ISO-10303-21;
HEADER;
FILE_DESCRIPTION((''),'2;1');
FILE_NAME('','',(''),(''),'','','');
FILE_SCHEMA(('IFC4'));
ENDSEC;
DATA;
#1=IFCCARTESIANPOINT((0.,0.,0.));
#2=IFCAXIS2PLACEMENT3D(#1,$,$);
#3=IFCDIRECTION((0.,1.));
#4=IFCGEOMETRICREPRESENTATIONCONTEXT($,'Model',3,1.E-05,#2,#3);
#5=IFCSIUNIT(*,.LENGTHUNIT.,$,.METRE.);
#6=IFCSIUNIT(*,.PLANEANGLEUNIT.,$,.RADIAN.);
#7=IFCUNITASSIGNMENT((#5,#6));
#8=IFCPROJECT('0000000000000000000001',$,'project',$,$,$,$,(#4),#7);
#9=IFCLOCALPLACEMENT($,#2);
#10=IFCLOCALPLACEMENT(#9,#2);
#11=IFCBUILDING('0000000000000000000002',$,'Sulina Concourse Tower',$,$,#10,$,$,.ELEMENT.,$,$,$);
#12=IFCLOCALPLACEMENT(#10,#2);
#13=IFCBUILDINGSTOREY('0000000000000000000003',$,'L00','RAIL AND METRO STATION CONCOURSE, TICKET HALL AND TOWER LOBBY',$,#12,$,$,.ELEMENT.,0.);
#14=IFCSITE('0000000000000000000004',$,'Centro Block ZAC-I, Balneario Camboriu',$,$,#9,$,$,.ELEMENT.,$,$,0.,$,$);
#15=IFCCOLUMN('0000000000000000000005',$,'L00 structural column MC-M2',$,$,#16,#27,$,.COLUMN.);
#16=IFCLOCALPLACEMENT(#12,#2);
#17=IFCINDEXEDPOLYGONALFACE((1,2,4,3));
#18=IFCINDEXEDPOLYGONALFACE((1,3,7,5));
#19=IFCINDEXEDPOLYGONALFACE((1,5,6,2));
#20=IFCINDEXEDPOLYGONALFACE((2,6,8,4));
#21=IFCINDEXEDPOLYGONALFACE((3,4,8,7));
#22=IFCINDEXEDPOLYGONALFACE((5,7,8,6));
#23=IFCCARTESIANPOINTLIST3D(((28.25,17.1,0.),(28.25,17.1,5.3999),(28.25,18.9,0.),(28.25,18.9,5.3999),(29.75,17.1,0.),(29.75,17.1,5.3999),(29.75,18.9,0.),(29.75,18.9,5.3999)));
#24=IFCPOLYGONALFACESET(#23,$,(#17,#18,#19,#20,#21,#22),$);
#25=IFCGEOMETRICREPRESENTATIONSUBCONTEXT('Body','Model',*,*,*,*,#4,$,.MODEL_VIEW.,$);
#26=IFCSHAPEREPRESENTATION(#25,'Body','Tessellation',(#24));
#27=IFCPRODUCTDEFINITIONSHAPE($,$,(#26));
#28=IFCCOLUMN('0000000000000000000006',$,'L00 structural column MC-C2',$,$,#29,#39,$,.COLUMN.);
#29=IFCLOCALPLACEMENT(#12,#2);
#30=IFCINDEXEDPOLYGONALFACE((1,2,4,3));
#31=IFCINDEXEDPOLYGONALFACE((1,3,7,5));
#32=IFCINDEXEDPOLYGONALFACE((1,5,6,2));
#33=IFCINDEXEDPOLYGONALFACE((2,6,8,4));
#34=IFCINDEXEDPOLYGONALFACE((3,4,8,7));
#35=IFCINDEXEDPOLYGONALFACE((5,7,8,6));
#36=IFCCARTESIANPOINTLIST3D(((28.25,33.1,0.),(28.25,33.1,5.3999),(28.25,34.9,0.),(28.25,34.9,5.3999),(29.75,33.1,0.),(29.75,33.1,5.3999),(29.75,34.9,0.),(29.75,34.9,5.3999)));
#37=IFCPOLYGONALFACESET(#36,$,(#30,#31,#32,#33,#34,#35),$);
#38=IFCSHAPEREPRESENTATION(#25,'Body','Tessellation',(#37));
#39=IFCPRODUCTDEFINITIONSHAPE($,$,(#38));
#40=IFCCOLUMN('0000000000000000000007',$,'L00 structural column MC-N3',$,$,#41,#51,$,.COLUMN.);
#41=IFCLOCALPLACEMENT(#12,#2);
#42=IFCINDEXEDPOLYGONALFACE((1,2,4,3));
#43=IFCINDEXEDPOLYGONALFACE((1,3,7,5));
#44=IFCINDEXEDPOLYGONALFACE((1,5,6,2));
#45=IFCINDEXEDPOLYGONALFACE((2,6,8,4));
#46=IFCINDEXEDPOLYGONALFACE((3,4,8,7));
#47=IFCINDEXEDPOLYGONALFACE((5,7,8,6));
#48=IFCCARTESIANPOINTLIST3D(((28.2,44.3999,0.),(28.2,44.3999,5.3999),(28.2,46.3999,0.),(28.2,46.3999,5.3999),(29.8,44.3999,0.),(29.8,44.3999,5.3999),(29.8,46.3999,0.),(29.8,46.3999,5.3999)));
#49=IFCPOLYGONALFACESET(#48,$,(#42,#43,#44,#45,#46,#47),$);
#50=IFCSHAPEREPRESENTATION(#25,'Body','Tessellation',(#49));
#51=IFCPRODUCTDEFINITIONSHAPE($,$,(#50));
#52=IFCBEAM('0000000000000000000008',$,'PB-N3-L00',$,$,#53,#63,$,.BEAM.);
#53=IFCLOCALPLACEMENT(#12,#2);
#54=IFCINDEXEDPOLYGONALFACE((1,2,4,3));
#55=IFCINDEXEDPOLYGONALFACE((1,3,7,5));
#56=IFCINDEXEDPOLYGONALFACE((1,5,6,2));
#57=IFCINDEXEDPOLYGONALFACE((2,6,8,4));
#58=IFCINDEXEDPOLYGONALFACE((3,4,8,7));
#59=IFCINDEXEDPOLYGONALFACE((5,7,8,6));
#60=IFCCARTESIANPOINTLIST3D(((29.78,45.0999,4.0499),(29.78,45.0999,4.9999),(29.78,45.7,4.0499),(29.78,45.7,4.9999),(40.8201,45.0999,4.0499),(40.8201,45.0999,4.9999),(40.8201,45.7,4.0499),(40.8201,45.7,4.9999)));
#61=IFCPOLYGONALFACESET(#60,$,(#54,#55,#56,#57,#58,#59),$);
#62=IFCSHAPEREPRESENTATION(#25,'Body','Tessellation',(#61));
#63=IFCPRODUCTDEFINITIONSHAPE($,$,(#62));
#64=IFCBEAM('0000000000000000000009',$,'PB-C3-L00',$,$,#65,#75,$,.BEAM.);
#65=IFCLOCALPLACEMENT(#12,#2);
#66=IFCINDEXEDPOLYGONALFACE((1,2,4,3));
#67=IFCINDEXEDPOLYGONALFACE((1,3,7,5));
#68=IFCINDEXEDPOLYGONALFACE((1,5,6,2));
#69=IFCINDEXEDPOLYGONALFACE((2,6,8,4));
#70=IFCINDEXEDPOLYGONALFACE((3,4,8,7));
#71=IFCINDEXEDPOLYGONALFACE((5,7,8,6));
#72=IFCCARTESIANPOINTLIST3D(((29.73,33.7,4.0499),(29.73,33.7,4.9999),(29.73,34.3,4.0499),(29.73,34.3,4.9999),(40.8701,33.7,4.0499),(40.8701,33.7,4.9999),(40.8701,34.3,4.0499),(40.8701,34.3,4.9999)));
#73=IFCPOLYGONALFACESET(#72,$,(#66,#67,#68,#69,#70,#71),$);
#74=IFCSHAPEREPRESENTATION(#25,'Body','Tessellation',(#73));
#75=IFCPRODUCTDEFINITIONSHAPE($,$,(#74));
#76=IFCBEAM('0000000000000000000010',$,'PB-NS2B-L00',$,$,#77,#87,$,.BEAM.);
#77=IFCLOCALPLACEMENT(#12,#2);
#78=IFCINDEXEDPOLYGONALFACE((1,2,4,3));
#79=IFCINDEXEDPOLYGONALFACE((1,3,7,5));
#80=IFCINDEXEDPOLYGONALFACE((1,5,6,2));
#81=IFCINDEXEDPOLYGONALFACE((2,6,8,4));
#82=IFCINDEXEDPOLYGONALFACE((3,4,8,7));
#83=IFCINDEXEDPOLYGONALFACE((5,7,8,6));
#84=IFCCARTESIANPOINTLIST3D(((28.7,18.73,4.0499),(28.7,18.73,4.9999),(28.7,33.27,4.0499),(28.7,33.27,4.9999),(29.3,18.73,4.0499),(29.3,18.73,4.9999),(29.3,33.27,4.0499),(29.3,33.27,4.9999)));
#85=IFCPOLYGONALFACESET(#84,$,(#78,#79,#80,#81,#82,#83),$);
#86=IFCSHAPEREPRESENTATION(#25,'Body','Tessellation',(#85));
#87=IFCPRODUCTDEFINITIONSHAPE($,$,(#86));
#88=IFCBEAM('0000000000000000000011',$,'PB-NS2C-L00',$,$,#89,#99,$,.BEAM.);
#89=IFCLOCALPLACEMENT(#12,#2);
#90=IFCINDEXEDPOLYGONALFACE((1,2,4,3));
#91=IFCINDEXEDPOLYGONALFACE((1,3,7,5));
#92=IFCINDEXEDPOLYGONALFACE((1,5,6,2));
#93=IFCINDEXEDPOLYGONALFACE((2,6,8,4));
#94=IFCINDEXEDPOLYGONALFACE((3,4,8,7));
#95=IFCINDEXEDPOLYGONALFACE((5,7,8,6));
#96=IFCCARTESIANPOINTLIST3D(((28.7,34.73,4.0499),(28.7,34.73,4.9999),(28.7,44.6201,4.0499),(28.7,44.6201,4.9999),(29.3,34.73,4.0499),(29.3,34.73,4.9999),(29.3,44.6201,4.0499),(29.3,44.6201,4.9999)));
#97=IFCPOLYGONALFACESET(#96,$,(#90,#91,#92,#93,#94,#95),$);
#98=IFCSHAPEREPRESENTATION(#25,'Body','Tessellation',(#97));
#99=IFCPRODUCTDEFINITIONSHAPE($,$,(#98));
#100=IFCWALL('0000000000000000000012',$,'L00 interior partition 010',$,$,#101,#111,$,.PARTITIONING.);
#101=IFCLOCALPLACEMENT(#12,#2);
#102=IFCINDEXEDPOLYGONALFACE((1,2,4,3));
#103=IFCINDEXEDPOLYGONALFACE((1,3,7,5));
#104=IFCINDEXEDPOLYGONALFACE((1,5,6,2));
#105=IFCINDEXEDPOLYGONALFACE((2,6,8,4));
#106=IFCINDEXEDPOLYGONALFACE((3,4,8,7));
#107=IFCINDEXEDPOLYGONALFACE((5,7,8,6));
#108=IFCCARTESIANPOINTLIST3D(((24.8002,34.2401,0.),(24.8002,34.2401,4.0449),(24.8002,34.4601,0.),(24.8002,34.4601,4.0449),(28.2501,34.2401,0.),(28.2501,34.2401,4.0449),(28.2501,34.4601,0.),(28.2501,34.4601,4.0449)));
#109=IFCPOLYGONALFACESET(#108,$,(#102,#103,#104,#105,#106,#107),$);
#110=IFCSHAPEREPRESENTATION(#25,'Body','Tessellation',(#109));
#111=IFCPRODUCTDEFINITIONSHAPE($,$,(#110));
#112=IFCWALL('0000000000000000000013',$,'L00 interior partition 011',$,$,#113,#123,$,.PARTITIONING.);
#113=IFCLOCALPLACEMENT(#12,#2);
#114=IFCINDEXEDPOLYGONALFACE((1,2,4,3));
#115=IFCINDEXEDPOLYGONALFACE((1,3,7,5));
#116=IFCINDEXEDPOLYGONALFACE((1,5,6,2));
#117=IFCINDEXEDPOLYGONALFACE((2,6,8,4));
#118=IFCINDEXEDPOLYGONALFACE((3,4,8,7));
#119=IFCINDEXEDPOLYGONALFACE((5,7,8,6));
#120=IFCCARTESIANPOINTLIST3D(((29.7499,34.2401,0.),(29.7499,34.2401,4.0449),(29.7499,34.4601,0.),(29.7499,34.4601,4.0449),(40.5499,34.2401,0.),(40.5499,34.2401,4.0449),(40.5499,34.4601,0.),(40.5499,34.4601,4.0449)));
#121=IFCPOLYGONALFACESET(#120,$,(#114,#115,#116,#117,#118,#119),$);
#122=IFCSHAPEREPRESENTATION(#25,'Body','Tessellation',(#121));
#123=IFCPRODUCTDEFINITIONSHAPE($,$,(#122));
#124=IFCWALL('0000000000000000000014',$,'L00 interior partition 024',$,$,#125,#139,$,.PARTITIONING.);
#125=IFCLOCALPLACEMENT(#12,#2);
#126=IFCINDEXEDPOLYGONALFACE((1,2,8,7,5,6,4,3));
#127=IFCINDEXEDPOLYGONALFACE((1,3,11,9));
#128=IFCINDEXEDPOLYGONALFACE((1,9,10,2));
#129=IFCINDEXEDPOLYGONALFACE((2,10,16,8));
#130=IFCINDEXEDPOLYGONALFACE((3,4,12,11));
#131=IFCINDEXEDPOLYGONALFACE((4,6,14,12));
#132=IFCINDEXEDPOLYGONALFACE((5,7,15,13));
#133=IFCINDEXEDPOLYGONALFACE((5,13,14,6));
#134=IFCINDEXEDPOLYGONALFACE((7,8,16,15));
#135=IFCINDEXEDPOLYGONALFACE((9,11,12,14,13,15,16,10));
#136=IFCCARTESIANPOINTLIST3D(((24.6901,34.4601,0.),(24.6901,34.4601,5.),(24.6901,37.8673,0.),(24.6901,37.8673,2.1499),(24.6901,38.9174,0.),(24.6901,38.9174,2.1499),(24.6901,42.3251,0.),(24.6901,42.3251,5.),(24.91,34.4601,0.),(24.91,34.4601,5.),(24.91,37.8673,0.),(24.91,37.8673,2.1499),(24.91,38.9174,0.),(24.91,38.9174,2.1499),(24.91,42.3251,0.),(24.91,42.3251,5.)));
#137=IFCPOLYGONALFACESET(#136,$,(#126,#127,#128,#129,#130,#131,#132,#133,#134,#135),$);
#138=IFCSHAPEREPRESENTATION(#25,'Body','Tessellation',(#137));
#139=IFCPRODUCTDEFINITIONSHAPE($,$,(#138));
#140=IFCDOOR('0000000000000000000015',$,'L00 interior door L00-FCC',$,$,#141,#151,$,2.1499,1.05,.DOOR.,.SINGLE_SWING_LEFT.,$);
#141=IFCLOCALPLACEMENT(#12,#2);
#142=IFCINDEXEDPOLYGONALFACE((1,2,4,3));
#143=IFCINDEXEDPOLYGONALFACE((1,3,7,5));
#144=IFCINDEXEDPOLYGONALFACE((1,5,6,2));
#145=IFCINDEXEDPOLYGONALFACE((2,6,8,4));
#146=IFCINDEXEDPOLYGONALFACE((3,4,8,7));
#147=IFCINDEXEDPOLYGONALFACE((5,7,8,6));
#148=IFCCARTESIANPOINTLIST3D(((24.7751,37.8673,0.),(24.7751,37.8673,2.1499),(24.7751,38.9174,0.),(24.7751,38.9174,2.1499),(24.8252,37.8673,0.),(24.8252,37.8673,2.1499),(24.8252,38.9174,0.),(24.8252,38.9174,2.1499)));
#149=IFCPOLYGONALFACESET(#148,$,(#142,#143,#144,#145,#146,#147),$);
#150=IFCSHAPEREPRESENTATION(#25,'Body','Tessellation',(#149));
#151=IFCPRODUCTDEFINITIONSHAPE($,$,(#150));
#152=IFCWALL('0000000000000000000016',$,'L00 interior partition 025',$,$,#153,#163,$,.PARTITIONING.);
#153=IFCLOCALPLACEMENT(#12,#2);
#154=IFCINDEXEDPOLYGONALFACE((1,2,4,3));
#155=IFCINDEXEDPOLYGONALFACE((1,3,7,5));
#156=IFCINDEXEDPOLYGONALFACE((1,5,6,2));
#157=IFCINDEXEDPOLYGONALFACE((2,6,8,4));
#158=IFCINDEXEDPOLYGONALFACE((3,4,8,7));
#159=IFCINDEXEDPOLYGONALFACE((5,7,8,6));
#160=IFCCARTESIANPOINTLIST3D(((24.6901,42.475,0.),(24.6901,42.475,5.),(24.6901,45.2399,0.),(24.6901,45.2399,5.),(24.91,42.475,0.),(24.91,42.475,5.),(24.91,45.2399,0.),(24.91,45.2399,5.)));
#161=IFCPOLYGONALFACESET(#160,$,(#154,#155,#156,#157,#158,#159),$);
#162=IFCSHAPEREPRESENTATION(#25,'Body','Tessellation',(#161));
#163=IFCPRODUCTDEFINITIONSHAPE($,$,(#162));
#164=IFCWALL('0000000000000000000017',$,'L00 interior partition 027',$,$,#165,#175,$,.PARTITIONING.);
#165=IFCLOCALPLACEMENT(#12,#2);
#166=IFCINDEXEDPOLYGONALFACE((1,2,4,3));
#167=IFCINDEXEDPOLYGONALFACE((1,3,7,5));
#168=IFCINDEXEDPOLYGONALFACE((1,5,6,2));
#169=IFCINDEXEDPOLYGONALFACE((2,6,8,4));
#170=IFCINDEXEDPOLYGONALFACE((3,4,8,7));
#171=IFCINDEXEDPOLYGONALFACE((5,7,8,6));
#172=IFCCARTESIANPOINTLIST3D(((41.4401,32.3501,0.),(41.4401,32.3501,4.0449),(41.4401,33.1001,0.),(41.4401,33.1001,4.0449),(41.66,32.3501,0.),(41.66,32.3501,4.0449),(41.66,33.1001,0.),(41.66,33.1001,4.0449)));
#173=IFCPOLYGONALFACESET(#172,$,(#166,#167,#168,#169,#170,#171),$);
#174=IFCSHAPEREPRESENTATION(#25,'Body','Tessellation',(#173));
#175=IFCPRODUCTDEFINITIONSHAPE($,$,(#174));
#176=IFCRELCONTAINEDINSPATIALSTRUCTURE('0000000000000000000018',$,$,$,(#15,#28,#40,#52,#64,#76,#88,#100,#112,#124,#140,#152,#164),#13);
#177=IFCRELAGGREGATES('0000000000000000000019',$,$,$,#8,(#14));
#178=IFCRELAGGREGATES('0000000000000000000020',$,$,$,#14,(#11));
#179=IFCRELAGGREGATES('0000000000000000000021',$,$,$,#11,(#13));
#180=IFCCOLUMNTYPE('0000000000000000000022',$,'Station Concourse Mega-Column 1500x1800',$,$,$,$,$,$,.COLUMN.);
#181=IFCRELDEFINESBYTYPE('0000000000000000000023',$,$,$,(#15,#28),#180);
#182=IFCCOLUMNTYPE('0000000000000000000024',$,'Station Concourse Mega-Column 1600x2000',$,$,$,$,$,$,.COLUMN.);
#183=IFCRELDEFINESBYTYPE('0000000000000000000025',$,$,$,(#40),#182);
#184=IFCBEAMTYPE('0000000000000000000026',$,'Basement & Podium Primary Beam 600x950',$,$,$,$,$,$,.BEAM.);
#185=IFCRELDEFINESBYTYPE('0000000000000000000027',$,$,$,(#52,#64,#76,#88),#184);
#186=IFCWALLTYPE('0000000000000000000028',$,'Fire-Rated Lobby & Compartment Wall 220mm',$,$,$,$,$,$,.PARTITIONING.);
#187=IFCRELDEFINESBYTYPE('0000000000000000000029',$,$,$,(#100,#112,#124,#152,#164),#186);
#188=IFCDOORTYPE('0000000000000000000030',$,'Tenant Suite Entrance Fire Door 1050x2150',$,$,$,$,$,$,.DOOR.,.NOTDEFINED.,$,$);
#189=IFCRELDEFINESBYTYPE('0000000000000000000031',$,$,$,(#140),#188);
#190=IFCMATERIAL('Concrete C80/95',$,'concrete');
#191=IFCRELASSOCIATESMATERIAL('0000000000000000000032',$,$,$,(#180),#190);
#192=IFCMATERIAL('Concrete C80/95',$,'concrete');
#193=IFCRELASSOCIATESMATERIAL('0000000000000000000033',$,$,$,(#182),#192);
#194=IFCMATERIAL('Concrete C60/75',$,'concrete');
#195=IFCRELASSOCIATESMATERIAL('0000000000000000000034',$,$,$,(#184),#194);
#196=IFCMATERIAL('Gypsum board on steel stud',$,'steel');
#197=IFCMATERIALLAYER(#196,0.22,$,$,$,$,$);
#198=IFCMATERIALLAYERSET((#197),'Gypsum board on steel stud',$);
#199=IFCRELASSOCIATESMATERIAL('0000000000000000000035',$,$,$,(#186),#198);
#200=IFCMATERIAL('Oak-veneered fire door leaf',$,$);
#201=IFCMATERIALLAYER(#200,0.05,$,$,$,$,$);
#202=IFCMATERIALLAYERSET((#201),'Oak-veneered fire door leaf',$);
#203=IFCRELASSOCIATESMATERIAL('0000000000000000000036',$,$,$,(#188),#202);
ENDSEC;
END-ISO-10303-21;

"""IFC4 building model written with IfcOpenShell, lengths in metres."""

from ifc_helpers import new_model, si_unit, direction, frame, frame_2d, origin, origin_2d, place, context, subcontext, project, spatial, rectangle, extrude, material, layer, layer_set, material_profile, profile_set, type_object, element, fill, save


model = new_model("IFC4")

# Units and contexts
model_context = context("Model", 3, precision=1e-05, world=origin(), true_north=direction((0.0, 1.0)))
body_context = subcontext(model_context, "Body", "Model", "MODEL_VIEW")
ifc_project = project(units=[si_unit("LENGTHUNIT", "METRE"), si_unit("PLANEANGLEUNIT", "RADIAN")], contexts=[model_context])

# Site, building, storey
site_placement = place(None, origin())
site = spatial("IfcSite", under=ifc_project, at=site_placement, Name="Centro Block ZAC-I, Balneario Camboriu", CompositionType="ELEMENT", RefElevation=0.0)
building_placement = place(site_placement, origin())
building = spatial("IfcBuilding", under=site, at=building_placement, Name="Sulina Concourse Tower", CompositionType="ELEMENT")
storey_placement = place(building_placement, origin())
storey = spatial("IfcBuildingStorey", under=building, at=storey_placement, Name="L00", Description="RAIL AND METRO STATION CONCOURSE, TICKET HALL AND TOWER LOBBY", CompositionType="ELEMENT", Elevation=0.0)

# Columns
ifc_material_1 = material(Name="Concrete C80/95", Category="concrete")
ifc_material_profile_1 = material_profile(ifc_material_1, rectangle(XDim=1.5, YDim=1.8, at=origin_2d()), Name="RC 1500x1800")
ifc_profile_set_1 = profile_set([ifc_material_profile_1], Name="Concrete C80/95")
column_type_1 = type_object("IfcColumnType", Name="Station Concourse Mega-Column 1500x1800", PredefinedType="COLUMN", material=ifc_profile_set_1)
for number, where, z_axis, x_axis, name in (
    (1, (29.0, 18.0, 0.0), (0.0, 0.0, 1.0), (1.0, 0.0, 0.0), "L00 structural column MC-M2"),
    (2, (29.0, 34.0, 0.0), (0.0, 0.0, 1.0), (1.0, 0.0, 0.0), "L00 structural column MC-C2"),
):
    element("IfcColumn", number, at=place(storey_placement, frame(where, z_axis=z_axis, x_axis=x_axis)), inside=storey, type_object=column_type_1, Name=name, PredefinedType="COLUMN", context=body_context, shape_type="SweptSolid", body=[
        extrude(rectangle(XDim=1.5, YDim=1.8, at=origin_2d()), origin(), (0.0, 0.0, 1.0), 5.3999),
    ])
ifc_material_2 = material(Name="Concrete C80/95", Category="concrete")
ifc_material_profile_2 = material_profile(ifc_material_2, rectangle(XDim=1.6001, YDim=2.0, at=origin_2d()), Name="RC 1600x2000")
ifc_profile_set_2 = profile_set([ifc_material_profile_2], Name="Concrete C80/95")
column_type_2 = type_object("IfcColumnType", Name="Station Concourse Mega-Column 1600x2000", PredefinedType="COLUMN", material=ifc_profile_set_2)
column_placement = place(storey_placement, frame((29.0, 45.3999, 0.0), z_axis=(0.0, 0.0, 1.0), x_axis=(1.0, 0.0, 0.0)))
element("IfcColumn", 3, at=column_placement, inside=storey, type_object=column_type_2, Name="L00 structural column MC-N3", PredefinedType="COLUMN", context=body_context, shape_type="SweptSolid", body=[
    extrude(rectangle(XDim=1.6001, YDim=2.0, at=origin_2d()), origin(), (0.0, 0.0, 1.0), 5.3999),
])

# Beams
ifc_material_3 = material(Name="Concrete C60/75", Category="concrete")
ifc_material_profile_3 = material_profile(ifc_material_3, rectangle(XDim=0.6001, YDim=0.95, at=origin_2d()), Name="RC 600x950")
ifc_profile_set_3 = profile_set([ifc_material_profile_3], Name="Concrete C60/75")
beam_type = type_object("IfcBeamType", Name="Basement & Podium Primary Beam 600x950", PredefinedType="BEAM", material=ifc_profile_set_3)
beam_1_placement = place(storey_placement, frame((29.78, 45.3999, 4.5249), z_axis=(1.0, 0.0, 0.0), x_axis=(0.0, 1.0, 0.0)))
element("IfcBeam", 4, at=beam_1_placement, inside=storey, type_object=beam_type, Name="PB-N3-L00", PredefinedType="BEAM", context=body_context, shape_type="SweptSolid", body=[
    extrude(rectangle(XDim=0.6001, YDim=0.95, at=origin_2d()), origin(), (0.0, 0.0, 1.0), 11.04),
])
beam_2_placement = place(storey_placement, frame((29.73, 34.0, 4.5249), z_axis=(1.0, 0.0, 0.0), x_axis=(0.0, 1.0, 0.0)))
element("IfcBeam", 5, at=beam_2_placement, inside=storey, type_object=beam_type, Name="PB-C3-L00", PredefinedType="BEAM", context=body_context, shape_type="SweptSolid", body=[
    extrude(rectangle(XDim=0.6001, YDim=0.95, at=origin_2d()), origin(), (0.0, 0.0, 1.0), 11.1401),
])
beam_3_placement = place(storey_placement, frame((29.0, 18.73, 4.5249), z_axis=(0.0, 1.0, 0.0), x_axis=(-1.0, 0.0, 0.0)))
element("IfcBeam", 6, at=beam_3_placement, inside=storey, type_object=beam_type, Name="PB-NS2B-L00", PredefinedType="BEAM", context=body_context, shape_type="SweptSolid", body=[
    extrude(rectangle(XDim=0.6001, YDim=0.95, at=origin_2d()), origin(), (0.0, 0.0, 1.0), 14.54),
])
beam_4_placement = place(storey_placement, frame((29.0, 34.73, 4.5249), z_axis=(0.0, 1.0, 0.0), x_axis=(-1.0, 0.0, 0.0)))
element("IfcBeam", 7, at=beam_4_placement, inside=storey, type_object=beam_type, Name="PB-NS2C-L00", PredefinedType="BEAM", context=body_context, shape_type="SweptSolid", body=[
    extrude(rectangle(XDim=0.6001, YDim=0.95, at=origin_2d()), origin(), (0.0, 0.0, 1.0), 9.8901),
])

# Walls
ifc_material_4 = material(Name="Gypsum board on steel stud", Category="steel")
ifc_layer_1 = layer(ifc_material_4, 0.22)
ifc_layer_set_1 = layer_set([ifc_layer_1], Name="Gypsum board on steel stud")
wall_type_1 = type_object("IfcWallType", Name="Fire-Rated Lobby & Compartment Wall 220mm", PredefinedType="PARTITIONING", material=ifc_layer_set_1)
wall_1_placement = place(storey_placement, frame((24.8, 34.3501, 0.0), z_axis=(0.0, 0.0, 1.0), x_axis=(1.0, 0.0, 0.0)))
element("IfcWall", 8, at=wall_1_placement, inside=storey, type_object=wall_type_1, Name="L00 interior partition 010", PredefinedType="PARTITIONING", context=body_context, shape_type="SweptSolid", body=[
    extrude(rectangle(XDim=3.45, YDim=0.22, at=frame_2d((1.7251, 0.0))), origin(), (0.0, 0.0, 1.0), 4.0449),
])
wall_2_placement = place(storey_placement, frame((29.75, 34.3501, 0.0), z_axis=(0.0, 0.0, 1.0), x_axis=(1.0, 0.0, 0.0)))
element("IfcWall", 9, at=wall_2_placement, inside=storey, type_object=wall_type_1, Name="L00 interior partition 011", PredefinedType="PARTITIONING", context=body_context, shape_type="SweptSolid", body=[
    extrude(rectangle(XDim=10.8, YDim=0.22, at=frame_2d((5.3999, 0.0))), origin(), (0.0, 0.0, 1.0), 4.0449),
])

# Wall, opening, door
wall_3_placement = place(storey_placement, frame((24.8, 34.46, 0.0), z_axis=(0.0, 0.0, 1.0), x_axis=(0.0, 1.0, 0.0)))
wall_3 = element("IfcWall", 10, at=wall_3_placement, inside=storey, type_object=wall_type_1, Name="L00 interior partition 024", PredefinedType="PARTITIONING", context=body_context, shape_type="SweptSolid", body=[
    extrude(rectangle(XDim=7.865, YDim=0.22, at=frame_2d((3.9326, 0.0))), origin(), (0.0, 0.0, 1.0), 5.0),
])
opening_1_placement = place(wall_3_placement, frame((3.4075, 0.0, 0.0)))
opening_1 = element("IfcOpeningElement", 11, at=opening_1_placement, cuts=wall_3, PredefinedType="OPENING", context=body_context, shape_type="SweptSolid", body=[
    extrude(rectangle(XDim=1.05, YDim=2.1499, at=frame_2d((0.5249, 1.075))), frame((0.0, 0.1199, 0.0), z_axis=(0.0, -1.0, 0.0), x_axis=(1.0, 0.0, 0.0)), (0.0, 0.0, 1.0), 0.24),
])
ifc_material_5 = material(Name="Oak-veneered fire door leaf")
ifc_layer_2 = layer(ifc_material_5, 0.05)
ifc_layer_set_2 = layer_set([ifc_layer_2], Name="Oak-veneered fire door leaf")
door_type_1 = type_object("IfcDoorType", Name="Tenant Suite Entrance Fire Door 1050x2150", OperationType="NOTDEFINED", PredefinedType="DOOR", material=ifc_layer_set_2)
door_1_placement = place(opening_1_placement, origin())
door_1 = element("IfcDoor", 12, at=door_1_placement, inside=storey, type_object=door_type_1, Name="L00 interior door L00-FCC", OperationType="SINGLE_SWING_LEFT", OverallHeight=2.1499, OverallWidth=1.05, PredefinedType="DOOR", context=body_context, shape_type="SweptSolid", body=[
    extrude(rectangle(XDim=1.05, YDim=2.1499, at=frame_2d((0.5249, 1.075))), frame((0.0, 0.0249, 0.0), z_axis=(0.0, -1.0, 0.0), x_axis=(1.0, 0.0, 0.0)), (0.0, 0.0, 1.0), 0.05),
])
fill(opening_1, door_1)

# Walls
wall_4_placement = place(storey_placement, frame((24.8, 42.4751, 0.0), z_axis=(0.0, 0.0, 1.0), x_axis=(0.0, 1.0, 0.0)))
element("IfcWall", 13, at=wall_4_placement, inside=storey, type_object=wall_type_1, Name="L00 interior partition 025", PredefinedType="PARTITIONING", context=body_context, shape_type="SweptSolid", body=[
    extrude(rectangle(XDim=2.7649, YDim=0.22, at=frame_2d((1.3823, 0.0))), origin(), (0.0, 0.0, 1.0), 5.0),
])
wall_5_placement = place(storey_placement, frame((41.55, 32.3501, 0.0), z_axis=(0.0, 0.0, 1.0), x_axis=(0.0, 1.0, 0.0)))
element("IfcWall", 14, at=wall_5_placement, inside=storey, type_object=wall_type_1, Name="L00 interior partition 027", PredefinedType="PARTITIONING", context=body_context, shape_type="SweptSolid", body=[
    extrude(rectangle(XDim=0.75, YDim=0.22, at=frame_2d((0.375, 0.0))), origin(), (0.0, 0.0, 1.0), 4.0449),
])

save(model, "model.ifc")
